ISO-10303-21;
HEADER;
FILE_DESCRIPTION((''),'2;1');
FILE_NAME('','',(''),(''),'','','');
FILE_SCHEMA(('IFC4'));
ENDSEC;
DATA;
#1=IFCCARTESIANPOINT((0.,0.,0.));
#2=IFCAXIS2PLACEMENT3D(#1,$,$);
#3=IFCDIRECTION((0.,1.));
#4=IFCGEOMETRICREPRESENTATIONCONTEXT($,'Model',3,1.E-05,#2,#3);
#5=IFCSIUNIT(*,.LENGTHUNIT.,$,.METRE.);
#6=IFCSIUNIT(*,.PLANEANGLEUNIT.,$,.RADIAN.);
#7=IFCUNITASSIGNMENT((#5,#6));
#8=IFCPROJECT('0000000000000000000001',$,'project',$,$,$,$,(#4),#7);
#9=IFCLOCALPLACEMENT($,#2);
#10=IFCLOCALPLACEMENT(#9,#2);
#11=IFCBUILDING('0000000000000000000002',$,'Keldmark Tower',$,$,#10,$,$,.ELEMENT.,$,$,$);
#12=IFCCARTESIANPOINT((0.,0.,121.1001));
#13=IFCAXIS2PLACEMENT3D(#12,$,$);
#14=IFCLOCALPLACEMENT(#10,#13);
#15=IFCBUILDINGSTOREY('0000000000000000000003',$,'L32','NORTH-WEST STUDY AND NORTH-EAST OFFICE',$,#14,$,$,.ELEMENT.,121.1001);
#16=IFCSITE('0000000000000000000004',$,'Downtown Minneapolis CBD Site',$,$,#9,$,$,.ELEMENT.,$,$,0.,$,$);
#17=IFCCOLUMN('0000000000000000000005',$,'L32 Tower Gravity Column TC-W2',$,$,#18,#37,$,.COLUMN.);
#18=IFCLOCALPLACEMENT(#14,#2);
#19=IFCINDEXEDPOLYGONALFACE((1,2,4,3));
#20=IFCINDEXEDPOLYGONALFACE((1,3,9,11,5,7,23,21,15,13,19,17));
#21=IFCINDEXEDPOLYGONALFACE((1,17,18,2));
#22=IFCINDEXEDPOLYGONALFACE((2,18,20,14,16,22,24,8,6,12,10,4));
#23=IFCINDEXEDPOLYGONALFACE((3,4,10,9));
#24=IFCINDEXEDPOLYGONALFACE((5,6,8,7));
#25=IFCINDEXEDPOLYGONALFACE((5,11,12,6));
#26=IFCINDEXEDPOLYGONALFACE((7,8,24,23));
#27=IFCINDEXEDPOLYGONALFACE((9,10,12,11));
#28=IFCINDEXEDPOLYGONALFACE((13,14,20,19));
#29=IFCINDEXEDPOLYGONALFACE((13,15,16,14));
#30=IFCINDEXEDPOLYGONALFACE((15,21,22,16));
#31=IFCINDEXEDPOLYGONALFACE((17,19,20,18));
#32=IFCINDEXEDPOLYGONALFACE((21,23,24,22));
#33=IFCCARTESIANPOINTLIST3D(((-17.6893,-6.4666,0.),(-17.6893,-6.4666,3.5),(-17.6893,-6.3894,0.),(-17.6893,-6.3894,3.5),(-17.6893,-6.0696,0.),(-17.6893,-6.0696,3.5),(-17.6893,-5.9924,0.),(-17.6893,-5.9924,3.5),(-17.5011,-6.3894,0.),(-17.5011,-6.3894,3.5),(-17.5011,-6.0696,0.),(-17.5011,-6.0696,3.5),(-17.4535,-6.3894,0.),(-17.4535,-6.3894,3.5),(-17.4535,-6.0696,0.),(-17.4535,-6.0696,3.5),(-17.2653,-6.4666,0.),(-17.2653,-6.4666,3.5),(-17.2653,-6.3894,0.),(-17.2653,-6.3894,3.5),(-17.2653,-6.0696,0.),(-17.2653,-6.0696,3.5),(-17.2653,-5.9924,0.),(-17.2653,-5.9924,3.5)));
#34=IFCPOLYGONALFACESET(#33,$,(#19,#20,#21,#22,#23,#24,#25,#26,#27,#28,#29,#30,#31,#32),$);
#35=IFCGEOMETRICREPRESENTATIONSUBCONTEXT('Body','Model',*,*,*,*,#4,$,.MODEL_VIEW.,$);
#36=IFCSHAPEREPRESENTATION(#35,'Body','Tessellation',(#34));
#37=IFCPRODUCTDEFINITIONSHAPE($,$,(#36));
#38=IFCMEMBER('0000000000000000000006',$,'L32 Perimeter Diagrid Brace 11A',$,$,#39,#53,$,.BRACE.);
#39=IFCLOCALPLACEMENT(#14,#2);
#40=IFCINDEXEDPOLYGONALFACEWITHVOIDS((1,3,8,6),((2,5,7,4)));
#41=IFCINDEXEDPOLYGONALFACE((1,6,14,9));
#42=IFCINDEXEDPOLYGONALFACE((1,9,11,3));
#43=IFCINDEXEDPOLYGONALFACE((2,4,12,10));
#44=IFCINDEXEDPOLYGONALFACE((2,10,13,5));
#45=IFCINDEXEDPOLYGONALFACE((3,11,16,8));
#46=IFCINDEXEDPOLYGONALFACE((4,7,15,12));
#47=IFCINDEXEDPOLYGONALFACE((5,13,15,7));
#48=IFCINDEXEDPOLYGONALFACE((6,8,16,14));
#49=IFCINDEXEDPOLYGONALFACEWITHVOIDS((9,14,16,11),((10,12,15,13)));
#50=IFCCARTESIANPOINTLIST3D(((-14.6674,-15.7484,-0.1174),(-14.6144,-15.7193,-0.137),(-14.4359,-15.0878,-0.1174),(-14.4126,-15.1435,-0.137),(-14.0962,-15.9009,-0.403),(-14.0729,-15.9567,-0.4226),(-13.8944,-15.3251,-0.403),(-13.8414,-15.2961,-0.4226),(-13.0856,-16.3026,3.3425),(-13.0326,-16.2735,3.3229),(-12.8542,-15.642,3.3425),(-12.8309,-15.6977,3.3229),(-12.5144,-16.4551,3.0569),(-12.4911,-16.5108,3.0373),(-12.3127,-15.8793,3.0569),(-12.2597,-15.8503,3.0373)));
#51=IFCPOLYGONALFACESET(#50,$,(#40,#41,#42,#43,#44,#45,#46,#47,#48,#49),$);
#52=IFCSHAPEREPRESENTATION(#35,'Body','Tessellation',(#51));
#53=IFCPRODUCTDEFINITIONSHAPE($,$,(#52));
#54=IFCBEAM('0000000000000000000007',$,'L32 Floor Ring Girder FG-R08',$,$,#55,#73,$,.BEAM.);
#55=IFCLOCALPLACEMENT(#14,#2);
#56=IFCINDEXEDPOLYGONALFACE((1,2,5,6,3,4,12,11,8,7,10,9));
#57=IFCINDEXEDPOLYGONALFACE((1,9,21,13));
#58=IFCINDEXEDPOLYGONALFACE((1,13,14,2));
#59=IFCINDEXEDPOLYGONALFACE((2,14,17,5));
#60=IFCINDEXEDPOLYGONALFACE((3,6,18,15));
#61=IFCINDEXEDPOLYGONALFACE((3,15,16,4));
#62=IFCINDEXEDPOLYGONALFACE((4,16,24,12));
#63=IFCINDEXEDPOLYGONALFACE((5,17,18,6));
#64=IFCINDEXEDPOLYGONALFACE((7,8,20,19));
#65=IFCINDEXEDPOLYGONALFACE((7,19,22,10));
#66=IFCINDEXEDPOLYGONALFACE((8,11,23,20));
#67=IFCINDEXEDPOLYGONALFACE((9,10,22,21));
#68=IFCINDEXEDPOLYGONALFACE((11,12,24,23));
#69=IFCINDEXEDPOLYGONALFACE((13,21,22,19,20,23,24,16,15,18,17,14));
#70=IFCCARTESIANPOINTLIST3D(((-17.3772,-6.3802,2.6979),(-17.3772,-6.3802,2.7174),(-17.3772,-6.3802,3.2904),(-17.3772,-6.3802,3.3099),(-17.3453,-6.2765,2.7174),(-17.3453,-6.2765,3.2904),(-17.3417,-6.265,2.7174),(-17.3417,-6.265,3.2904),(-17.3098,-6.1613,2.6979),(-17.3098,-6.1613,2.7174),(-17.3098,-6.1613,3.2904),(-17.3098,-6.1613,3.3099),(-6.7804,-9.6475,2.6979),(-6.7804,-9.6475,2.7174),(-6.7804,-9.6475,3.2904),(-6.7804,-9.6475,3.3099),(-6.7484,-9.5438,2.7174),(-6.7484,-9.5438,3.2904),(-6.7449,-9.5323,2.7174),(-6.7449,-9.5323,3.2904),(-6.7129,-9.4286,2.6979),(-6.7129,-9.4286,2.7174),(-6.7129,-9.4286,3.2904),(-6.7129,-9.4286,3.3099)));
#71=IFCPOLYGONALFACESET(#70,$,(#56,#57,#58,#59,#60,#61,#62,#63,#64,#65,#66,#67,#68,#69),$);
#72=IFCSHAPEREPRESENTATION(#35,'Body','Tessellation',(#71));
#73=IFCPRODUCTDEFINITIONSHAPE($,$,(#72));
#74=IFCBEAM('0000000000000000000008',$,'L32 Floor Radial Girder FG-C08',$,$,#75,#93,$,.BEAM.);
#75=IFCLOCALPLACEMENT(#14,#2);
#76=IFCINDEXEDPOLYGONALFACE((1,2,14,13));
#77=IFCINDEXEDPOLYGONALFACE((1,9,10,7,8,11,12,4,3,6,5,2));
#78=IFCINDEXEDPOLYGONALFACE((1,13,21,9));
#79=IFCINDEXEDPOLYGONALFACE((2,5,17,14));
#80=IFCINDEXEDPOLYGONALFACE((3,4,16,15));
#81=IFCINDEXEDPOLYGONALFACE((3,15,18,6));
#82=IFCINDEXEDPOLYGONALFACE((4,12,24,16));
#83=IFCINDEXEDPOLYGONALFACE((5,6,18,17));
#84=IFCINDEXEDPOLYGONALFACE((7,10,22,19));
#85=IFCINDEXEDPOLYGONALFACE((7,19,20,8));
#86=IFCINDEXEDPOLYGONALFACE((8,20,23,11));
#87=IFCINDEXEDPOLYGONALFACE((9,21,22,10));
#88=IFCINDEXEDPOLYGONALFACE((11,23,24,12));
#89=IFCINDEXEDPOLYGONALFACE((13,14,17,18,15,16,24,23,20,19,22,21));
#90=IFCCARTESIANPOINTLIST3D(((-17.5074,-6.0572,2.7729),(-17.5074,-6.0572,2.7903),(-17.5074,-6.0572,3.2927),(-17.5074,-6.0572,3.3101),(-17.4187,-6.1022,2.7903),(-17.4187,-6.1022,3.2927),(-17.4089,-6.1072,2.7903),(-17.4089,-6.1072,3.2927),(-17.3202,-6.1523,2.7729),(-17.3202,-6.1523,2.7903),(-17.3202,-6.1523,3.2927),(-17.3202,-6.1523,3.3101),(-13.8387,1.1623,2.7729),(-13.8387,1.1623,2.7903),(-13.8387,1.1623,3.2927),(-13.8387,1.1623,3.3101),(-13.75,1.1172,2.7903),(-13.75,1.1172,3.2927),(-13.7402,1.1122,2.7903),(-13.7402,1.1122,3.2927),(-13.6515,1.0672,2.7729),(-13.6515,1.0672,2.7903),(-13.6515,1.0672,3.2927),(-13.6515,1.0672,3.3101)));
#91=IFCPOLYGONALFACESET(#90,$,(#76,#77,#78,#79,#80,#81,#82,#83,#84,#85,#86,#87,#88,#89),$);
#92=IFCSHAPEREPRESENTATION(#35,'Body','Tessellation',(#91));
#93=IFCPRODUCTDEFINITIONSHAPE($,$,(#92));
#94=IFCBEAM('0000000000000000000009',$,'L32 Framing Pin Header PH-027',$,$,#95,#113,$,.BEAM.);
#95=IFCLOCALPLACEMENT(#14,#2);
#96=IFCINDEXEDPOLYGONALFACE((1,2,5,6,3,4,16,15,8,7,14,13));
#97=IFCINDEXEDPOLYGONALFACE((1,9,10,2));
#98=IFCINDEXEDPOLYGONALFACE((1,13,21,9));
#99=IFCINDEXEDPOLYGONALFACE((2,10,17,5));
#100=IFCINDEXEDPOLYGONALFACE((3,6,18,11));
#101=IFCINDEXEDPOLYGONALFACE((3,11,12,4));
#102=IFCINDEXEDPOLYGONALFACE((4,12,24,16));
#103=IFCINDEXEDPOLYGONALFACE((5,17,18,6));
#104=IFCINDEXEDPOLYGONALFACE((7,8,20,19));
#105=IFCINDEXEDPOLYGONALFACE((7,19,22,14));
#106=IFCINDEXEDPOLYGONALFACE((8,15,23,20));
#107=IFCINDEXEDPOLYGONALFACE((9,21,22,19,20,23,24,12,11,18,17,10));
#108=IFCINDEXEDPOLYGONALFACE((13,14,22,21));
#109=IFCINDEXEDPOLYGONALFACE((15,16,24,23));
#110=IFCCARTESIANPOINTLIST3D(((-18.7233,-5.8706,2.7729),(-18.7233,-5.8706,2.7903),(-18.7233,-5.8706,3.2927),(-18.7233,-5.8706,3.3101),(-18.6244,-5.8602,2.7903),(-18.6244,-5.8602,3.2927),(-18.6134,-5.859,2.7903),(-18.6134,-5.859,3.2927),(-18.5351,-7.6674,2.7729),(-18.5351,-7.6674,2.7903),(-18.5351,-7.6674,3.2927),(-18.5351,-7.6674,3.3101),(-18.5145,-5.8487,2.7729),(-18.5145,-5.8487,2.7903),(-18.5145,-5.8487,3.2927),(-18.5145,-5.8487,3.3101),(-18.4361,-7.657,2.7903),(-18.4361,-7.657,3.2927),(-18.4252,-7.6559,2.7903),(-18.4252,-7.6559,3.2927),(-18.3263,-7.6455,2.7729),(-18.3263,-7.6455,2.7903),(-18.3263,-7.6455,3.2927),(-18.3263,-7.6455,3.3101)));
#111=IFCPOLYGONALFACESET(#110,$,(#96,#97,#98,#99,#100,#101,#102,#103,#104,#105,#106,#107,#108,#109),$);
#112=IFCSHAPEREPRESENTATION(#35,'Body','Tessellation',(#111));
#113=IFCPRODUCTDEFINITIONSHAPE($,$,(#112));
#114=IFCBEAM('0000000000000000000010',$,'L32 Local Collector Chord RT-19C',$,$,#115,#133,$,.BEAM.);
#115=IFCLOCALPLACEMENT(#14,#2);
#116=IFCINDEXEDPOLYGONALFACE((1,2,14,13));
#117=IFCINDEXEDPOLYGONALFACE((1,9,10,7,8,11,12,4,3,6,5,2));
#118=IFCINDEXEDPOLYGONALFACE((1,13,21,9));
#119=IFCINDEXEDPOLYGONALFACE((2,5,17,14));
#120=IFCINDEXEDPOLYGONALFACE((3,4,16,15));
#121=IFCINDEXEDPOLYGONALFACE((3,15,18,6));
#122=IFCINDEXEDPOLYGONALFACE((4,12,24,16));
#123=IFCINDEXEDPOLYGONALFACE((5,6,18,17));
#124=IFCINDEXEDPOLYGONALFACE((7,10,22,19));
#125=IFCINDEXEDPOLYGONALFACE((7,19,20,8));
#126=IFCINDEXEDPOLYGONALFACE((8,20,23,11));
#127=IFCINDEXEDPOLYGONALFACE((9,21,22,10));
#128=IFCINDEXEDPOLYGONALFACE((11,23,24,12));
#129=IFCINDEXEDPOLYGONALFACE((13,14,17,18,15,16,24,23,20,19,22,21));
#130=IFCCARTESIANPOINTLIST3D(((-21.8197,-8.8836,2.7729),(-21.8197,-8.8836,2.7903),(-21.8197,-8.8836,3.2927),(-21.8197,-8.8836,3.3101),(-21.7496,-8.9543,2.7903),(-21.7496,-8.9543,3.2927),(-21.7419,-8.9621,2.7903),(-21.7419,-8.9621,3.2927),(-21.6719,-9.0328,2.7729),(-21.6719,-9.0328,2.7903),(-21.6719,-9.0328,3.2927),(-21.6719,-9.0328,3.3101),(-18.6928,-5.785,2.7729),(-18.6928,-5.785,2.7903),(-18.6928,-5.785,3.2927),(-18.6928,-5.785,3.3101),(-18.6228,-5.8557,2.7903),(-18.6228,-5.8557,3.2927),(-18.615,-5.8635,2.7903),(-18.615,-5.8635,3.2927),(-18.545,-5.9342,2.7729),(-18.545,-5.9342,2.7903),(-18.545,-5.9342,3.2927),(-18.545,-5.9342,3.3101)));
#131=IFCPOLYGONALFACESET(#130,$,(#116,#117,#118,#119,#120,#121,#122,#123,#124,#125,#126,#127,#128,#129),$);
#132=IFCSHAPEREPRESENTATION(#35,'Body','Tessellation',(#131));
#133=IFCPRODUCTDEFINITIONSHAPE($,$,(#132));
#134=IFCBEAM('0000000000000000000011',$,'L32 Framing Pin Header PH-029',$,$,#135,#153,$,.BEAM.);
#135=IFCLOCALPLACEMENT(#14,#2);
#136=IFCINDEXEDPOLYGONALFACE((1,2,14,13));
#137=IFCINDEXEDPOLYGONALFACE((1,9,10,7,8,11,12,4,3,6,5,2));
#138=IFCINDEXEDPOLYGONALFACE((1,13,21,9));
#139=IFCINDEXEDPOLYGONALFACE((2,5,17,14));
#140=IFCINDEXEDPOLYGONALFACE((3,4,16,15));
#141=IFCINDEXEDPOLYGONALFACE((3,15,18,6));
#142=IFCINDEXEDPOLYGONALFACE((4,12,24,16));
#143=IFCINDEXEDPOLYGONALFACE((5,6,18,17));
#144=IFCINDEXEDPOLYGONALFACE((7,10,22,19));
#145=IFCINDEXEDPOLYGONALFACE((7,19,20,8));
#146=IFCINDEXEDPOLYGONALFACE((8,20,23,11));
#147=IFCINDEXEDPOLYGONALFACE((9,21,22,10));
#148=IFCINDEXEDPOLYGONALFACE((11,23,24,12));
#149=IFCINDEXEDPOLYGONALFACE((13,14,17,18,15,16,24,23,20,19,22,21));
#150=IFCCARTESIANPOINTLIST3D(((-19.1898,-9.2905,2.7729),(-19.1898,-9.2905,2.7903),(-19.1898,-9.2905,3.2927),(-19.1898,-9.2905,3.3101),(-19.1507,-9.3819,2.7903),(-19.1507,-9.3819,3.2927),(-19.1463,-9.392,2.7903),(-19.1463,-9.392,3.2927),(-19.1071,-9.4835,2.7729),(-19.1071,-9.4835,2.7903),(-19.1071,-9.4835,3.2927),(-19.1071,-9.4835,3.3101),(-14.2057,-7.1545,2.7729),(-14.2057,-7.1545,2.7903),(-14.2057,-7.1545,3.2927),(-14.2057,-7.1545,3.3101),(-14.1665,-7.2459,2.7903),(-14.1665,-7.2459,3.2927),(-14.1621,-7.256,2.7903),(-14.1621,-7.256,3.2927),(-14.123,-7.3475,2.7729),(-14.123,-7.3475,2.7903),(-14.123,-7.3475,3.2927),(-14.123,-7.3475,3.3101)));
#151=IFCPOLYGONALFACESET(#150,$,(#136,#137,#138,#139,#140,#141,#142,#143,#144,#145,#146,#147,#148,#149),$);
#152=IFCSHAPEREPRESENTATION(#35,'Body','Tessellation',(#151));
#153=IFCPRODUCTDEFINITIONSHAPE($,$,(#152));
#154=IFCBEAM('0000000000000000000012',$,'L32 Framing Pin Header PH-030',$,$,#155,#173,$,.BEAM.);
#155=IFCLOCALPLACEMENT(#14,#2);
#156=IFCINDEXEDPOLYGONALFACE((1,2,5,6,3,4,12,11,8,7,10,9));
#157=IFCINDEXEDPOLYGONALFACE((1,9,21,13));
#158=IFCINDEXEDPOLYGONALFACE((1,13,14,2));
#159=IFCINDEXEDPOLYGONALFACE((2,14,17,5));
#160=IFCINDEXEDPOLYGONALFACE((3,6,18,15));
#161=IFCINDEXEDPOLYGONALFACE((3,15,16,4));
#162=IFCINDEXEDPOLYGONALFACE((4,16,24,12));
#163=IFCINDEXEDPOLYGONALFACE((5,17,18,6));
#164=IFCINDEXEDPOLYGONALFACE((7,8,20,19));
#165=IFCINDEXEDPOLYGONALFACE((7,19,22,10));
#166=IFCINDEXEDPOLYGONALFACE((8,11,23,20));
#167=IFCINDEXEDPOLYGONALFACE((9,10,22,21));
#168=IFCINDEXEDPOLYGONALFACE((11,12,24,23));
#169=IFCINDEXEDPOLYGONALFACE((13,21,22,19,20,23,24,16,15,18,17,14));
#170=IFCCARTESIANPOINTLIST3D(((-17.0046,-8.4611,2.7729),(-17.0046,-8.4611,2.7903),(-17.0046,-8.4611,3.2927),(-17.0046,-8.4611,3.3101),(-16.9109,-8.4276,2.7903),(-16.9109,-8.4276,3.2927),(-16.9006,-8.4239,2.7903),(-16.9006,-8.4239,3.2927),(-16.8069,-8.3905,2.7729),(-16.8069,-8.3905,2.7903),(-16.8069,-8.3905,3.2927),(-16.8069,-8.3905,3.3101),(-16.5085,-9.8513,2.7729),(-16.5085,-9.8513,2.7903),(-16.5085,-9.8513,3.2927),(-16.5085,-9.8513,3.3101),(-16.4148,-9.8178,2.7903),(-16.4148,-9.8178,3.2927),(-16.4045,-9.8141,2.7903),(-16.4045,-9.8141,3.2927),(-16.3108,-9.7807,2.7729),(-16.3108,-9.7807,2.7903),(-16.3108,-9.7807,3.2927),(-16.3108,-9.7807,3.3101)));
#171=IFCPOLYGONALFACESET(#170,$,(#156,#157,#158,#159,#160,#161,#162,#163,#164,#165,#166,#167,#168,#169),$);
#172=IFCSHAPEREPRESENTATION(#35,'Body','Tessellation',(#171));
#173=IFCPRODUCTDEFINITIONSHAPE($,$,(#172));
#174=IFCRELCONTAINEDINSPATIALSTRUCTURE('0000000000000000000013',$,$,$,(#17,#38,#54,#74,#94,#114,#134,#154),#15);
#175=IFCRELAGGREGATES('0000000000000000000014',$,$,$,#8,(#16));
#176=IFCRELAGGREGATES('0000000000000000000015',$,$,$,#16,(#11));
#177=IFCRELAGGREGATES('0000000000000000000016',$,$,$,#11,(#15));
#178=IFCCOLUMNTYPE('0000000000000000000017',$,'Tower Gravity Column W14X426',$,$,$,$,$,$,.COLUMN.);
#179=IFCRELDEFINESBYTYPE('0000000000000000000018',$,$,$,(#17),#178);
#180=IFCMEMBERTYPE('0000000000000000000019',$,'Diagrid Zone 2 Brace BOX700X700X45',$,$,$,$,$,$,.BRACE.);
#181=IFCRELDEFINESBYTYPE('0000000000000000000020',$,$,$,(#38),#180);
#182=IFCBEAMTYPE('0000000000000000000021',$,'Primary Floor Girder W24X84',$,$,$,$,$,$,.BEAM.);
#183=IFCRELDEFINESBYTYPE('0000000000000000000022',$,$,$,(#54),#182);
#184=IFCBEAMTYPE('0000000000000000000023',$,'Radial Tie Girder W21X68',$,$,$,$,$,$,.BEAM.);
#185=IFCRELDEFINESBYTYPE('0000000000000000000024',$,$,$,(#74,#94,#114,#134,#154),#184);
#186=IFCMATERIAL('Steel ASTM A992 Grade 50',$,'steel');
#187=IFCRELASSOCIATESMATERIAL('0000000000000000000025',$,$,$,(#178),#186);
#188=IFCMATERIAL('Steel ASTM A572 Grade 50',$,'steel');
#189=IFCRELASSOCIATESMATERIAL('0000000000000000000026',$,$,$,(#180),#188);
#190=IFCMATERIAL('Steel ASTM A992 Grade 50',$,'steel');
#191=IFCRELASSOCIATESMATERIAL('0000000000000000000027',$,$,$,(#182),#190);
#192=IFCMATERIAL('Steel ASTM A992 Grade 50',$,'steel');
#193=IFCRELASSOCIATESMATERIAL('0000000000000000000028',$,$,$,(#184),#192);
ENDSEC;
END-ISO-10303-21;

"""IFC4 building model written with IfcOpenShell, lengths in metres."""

from ifc_helpers import new_model, si_unit, direction, frame, origin, origin_2d, place, context, subcontext, project, spatial, hollow_rectangle, i_section, extrude, material, material_profile, profile_set, type_object, element, save


model = new_model("IFC4")

# Units and contexts
model_context = context("Model", 3, precision=1e-05, world=origin(), true_north=direction((0.0, 1.0)))
body_context = subcontext(model_context, "Body", "Model", "MODEL_VIEW")
ifc_project = project(units=[si_unit("LENGTHUNIT", "METRE"), si_unit("PLANEANGLEUNIT", "RADIAN")], contexts=[model_context])

# Site, building, storey
site_placement = place(None, origin())
site = spatial("IfcSite", under=ifc_project, at=site_placement, Name="Downtown Minneapolis CBD Site", CompositionType="ELEMENT", RefElevation=0.0)
building_placement = place(site_placement, origin())
building = spatial("IfcBuilding", under=site, at=building_placement, Name="Keldmark Tower", CompositionType="ELEMENT")
storey_placement = place(building_placement, frame((0.0, 0.0, 121.1001)))
storey = spatial("IfcBuildingStorey", under=building, at=storey_placement, Name="L32", Description="NORTH-WEST STUDY AND NORTH-EAST OFFICE", CompositionType="ELEMENT", Elevation=121.1001)

# Column
ifc_material_1 = material(Name="Steel ASTM A992 Grade 50", Category="steel")
ifc_material_profile_1 = material_profile(ifc_material_1, i_section(OverallWidth=0.4241, OverallDepth=0.4741, WebThickness=0.0476, FlangeThickness=0.0771, at=origin_2d()), Name="W14X426")
ifc_profile_set_1 = profile_set([ifc_material_profile_1], Name="Steel ASTM A992 Grade 50")
column_type = type_object("IfcColumnType", Name="Tower Gravity Column W14X426", PredefinedType="COLUMN", material=ifc_profile_set_1)
column_placement = place(storey_placement, frame((-17.4773, -6.2295, 0.0), z_axis=(0.0, 0.0, 1.0), x_axis=(1.0, 0.0, 0.0)))
element("IfcColumn", 1, at=column_placement, inside=storey, type_object=column_type, Name="L32 Tower Gravity Column TC-W2", PredefinedType="COLUMN", context=body_context, shape_type="SweptSolid", body=[
    extrude(i_section(OverallWidth=0.4241, OverallDepth=0.4741, WebThickness=0.0476, FlangeThickness=0.0771, at=origin_2d()), origin(), (0.0, 0.0, 1.0), 3.5),
])

# Member
ifc_material_2 = material(Name="Steel ASTM A572 Grade 50", Category="steel")
ifc_material_profile_2 = material_profile(ifc_material_2, hollow_rectangle(XDim=0.7, YDim=0.7, WallThickness=0.0449, at=origin_2d()), Name="BOX700X700X45")
ifc_profile_set_2 = profile_set([ifc_material_profile_2], Name="Steel ASTM A572 Grade 50")
member_type = type_object("IfcMemberType", Name="Diagrid Zone 2 Brace BOX700X700X45", PredefinedType="BRACE", material=ifc_profile_set_2)
member_placement = place(storey_placement, frame((-14.2544, -15.5222, -0.27), z_axis=(0.411437, -0.144152, 0.899967), x_axis=(0.330655, 0.943752, 0.0)))
element("IfcMember", 2, at=member_placement, inside=storey, type_object=member_type, Name="L32 Perimeter Diagrid Brace 11A", PredefinedType="BRACE", context=body_context, shape_type="SweptSolid", body=[
    extrude(hollow_rectangle(XDim=0.7, YDim=0.7, WallThickness=0.0449, at=origin_2d()), origin(), (0.0, 0.0, 1.0), 3.8445),
])

# Beams
ifc_material_3 = material(Name="Steel ASTM A992 Grade 50", Category="steel")
ifc_material_profile_3 = material_profile(ifc_material_3, i_section(OverallWidth=0.229, OverallDepth=0.6121, WebThickness=0.012, FlangeThickness=0.0195, at=origin_2d()), Name="W24X84")
ifc_profile_set_3 = profile_set([ifc_material_profile_3], Name="Steel ASTM A992 Grade 50")
beam_type_1 = type_object("IfcBeamType", Name="Primary Floor Girder W24X84", PredefinedType="BEAM", material=ifc_profile_set_3)
beam_1_placement = place(storey_placement, frame((-17.3435, -6.2708, 3.0039), z_axis=(0.955608, -0.294641, 0.0), x_axis=(0.294641, 0.955608, 0.0)))
element("IfcBeam", 3, at=beam_1_placement, inside=storey, type_object=beam_type_1, Name="L32 Floor Ring Girder FG-R08", PredefinedType="BEAM", context=body_context, shape_type="SweptSolid", body=[
    extrude(i_section(OverallWidth=0.229, OverallDepth=0.6121, WebThickness=0.012, FlangeThickness=0.0195, at=origin_2d()), origin(), (0.0, 0.0, 1.0), 11.0891),
])
ifc_material_4 = material(Name="Steel ASTM A992 Grade 50", Category="steel")
ifc_material_profile_4 = material_profile(ifc_material_4, i_section(OverallWidth=0.21, OverallDepth=0.5371, WebThickness=0.011, FlangeThickness=0.0173, at=origin_2d()), Name="W21X68")
ifc_profile_set_4 = profile_set([ifc_material_profile_4], Name="Steel ASTM A992 Grade 50")
beam_type_2 = type_object("IfcBeamType", Name="Radial Tie Girder W21X68", PredefinedType="BEAM", material=ifc_profile_set_4)
beam_2_placement = place(storey_placement, frame((-17.4138, -6.1047, 3.0415), z_axis=(0.453029, 0.891496, 0.0), x_axis=(-0.891496, 0.453029, 0.0)))
element("IfcBeam", 4, at=beam_2_placement, inside=storey, type_object=beam_type_2, Name="L32 Floor Radial Girder FG-C08", PredefinedType="BEAM", context=body_context, shape_type="SweptSolid", body=[
    extrude(i_section(OverallWidth=0.21, OverallDepth=0.5371, WebThickness=0.011, FlangeThickness=0.0173, at=origin_2d()), origin(), (0.0, 0.0, 1.0), 8.0981),
])
beam_3_placement = place(storey_placement, frame((-18.6189, -5.8596, 3.0415), z_axis=(0.104185, -0.994558, 0.0), x_axis=(0.994558, 0.104185, 0.0)))
element("IfcBeam", 5, at=beam_3_placement, inside=storey, type_object=beam_type_2, Name="L32 Framing Pin Header PH-027", PredefinedType="BEAM", context=body_context, shape_type="SweptSolid", body=[
    extrude(i_section(OverallWidth=0.21, OverallDepth=0.5371, WebThickness=0.011, FlangeThickness=0.0173, at=origin_2d()), origin(), (0.0, 0.0, 1.0), 1.8066),
])
beam_4_placement = place(storey_placement, frame((-18.6189, -5.8596, 3.0415), z_axis=(-0.710316, -0.703883, 0.0), x_axis=(0.703883, -0.710316, 0.0)))
element("IfcBeam", 6, at=beam_4_placement, inside=storey, type_object=beam_type_2, Name="L32 Local Collector Chord RT-19C", PredefinedType="BEAM", context=body_context, shape_type="SweptSolid", body=[
    extrude(i_section(OverallWidth=0.21, OverallDepth=0.5371, WebThickness=0.011, FlangeThickness=0.0173, at=origin_2d()), origin(), (0.0, 0.0, 1.0), 4.4021),
])
beam_5_placement = place(storey_placement, frame((-14.1643, -7.251, 3.0415), z_axis=(-0.91915, -0.393908, 0.0), x_axis=(0.393908, -0.91915, 0.0)))
element("IfcBeam", 7, at=beam_5_placement, inside=storey, type_object=beam_type_2, Name="L32 Framing Pin Header PH-029", PredefinedType="BEAM", context=body_context, shape_type="SweptSolid", body=[
    extrude(i_section(OverallWidth=0.21, OverallDepth=0.5371, WebThickness=0.011, FlangeThickness=0.0173, at=origin_2d()), origin(), (0.0, 0.0, 1.0), 5.4226),
])
beam_6_placement = place(storey_placement, frame((-16.9058, -8.4258, 3.0415), z_axis=(0.336106, -0.941824, 0.0), x_axis=(0.941824, 0.336106, 0.0)))
element("IfcBeam", 8, at=beam_6_placement, inside=storey, type_object=beam_type_2, Name="L32 Framing Pin Header PH-030", PredefinedType="BEAM", context=body_context, shape_type="SweptSolid", body=[
    extrude(i_section(OverallWidth=0.21, OverallDepth=0.5371, WebThickness=0.011, FlangeThickness=0.0173, at=origin_2d()), origin(), (0.0, 0.0, 1.0), 1.4761),
])

save(model, "model.ifc")
